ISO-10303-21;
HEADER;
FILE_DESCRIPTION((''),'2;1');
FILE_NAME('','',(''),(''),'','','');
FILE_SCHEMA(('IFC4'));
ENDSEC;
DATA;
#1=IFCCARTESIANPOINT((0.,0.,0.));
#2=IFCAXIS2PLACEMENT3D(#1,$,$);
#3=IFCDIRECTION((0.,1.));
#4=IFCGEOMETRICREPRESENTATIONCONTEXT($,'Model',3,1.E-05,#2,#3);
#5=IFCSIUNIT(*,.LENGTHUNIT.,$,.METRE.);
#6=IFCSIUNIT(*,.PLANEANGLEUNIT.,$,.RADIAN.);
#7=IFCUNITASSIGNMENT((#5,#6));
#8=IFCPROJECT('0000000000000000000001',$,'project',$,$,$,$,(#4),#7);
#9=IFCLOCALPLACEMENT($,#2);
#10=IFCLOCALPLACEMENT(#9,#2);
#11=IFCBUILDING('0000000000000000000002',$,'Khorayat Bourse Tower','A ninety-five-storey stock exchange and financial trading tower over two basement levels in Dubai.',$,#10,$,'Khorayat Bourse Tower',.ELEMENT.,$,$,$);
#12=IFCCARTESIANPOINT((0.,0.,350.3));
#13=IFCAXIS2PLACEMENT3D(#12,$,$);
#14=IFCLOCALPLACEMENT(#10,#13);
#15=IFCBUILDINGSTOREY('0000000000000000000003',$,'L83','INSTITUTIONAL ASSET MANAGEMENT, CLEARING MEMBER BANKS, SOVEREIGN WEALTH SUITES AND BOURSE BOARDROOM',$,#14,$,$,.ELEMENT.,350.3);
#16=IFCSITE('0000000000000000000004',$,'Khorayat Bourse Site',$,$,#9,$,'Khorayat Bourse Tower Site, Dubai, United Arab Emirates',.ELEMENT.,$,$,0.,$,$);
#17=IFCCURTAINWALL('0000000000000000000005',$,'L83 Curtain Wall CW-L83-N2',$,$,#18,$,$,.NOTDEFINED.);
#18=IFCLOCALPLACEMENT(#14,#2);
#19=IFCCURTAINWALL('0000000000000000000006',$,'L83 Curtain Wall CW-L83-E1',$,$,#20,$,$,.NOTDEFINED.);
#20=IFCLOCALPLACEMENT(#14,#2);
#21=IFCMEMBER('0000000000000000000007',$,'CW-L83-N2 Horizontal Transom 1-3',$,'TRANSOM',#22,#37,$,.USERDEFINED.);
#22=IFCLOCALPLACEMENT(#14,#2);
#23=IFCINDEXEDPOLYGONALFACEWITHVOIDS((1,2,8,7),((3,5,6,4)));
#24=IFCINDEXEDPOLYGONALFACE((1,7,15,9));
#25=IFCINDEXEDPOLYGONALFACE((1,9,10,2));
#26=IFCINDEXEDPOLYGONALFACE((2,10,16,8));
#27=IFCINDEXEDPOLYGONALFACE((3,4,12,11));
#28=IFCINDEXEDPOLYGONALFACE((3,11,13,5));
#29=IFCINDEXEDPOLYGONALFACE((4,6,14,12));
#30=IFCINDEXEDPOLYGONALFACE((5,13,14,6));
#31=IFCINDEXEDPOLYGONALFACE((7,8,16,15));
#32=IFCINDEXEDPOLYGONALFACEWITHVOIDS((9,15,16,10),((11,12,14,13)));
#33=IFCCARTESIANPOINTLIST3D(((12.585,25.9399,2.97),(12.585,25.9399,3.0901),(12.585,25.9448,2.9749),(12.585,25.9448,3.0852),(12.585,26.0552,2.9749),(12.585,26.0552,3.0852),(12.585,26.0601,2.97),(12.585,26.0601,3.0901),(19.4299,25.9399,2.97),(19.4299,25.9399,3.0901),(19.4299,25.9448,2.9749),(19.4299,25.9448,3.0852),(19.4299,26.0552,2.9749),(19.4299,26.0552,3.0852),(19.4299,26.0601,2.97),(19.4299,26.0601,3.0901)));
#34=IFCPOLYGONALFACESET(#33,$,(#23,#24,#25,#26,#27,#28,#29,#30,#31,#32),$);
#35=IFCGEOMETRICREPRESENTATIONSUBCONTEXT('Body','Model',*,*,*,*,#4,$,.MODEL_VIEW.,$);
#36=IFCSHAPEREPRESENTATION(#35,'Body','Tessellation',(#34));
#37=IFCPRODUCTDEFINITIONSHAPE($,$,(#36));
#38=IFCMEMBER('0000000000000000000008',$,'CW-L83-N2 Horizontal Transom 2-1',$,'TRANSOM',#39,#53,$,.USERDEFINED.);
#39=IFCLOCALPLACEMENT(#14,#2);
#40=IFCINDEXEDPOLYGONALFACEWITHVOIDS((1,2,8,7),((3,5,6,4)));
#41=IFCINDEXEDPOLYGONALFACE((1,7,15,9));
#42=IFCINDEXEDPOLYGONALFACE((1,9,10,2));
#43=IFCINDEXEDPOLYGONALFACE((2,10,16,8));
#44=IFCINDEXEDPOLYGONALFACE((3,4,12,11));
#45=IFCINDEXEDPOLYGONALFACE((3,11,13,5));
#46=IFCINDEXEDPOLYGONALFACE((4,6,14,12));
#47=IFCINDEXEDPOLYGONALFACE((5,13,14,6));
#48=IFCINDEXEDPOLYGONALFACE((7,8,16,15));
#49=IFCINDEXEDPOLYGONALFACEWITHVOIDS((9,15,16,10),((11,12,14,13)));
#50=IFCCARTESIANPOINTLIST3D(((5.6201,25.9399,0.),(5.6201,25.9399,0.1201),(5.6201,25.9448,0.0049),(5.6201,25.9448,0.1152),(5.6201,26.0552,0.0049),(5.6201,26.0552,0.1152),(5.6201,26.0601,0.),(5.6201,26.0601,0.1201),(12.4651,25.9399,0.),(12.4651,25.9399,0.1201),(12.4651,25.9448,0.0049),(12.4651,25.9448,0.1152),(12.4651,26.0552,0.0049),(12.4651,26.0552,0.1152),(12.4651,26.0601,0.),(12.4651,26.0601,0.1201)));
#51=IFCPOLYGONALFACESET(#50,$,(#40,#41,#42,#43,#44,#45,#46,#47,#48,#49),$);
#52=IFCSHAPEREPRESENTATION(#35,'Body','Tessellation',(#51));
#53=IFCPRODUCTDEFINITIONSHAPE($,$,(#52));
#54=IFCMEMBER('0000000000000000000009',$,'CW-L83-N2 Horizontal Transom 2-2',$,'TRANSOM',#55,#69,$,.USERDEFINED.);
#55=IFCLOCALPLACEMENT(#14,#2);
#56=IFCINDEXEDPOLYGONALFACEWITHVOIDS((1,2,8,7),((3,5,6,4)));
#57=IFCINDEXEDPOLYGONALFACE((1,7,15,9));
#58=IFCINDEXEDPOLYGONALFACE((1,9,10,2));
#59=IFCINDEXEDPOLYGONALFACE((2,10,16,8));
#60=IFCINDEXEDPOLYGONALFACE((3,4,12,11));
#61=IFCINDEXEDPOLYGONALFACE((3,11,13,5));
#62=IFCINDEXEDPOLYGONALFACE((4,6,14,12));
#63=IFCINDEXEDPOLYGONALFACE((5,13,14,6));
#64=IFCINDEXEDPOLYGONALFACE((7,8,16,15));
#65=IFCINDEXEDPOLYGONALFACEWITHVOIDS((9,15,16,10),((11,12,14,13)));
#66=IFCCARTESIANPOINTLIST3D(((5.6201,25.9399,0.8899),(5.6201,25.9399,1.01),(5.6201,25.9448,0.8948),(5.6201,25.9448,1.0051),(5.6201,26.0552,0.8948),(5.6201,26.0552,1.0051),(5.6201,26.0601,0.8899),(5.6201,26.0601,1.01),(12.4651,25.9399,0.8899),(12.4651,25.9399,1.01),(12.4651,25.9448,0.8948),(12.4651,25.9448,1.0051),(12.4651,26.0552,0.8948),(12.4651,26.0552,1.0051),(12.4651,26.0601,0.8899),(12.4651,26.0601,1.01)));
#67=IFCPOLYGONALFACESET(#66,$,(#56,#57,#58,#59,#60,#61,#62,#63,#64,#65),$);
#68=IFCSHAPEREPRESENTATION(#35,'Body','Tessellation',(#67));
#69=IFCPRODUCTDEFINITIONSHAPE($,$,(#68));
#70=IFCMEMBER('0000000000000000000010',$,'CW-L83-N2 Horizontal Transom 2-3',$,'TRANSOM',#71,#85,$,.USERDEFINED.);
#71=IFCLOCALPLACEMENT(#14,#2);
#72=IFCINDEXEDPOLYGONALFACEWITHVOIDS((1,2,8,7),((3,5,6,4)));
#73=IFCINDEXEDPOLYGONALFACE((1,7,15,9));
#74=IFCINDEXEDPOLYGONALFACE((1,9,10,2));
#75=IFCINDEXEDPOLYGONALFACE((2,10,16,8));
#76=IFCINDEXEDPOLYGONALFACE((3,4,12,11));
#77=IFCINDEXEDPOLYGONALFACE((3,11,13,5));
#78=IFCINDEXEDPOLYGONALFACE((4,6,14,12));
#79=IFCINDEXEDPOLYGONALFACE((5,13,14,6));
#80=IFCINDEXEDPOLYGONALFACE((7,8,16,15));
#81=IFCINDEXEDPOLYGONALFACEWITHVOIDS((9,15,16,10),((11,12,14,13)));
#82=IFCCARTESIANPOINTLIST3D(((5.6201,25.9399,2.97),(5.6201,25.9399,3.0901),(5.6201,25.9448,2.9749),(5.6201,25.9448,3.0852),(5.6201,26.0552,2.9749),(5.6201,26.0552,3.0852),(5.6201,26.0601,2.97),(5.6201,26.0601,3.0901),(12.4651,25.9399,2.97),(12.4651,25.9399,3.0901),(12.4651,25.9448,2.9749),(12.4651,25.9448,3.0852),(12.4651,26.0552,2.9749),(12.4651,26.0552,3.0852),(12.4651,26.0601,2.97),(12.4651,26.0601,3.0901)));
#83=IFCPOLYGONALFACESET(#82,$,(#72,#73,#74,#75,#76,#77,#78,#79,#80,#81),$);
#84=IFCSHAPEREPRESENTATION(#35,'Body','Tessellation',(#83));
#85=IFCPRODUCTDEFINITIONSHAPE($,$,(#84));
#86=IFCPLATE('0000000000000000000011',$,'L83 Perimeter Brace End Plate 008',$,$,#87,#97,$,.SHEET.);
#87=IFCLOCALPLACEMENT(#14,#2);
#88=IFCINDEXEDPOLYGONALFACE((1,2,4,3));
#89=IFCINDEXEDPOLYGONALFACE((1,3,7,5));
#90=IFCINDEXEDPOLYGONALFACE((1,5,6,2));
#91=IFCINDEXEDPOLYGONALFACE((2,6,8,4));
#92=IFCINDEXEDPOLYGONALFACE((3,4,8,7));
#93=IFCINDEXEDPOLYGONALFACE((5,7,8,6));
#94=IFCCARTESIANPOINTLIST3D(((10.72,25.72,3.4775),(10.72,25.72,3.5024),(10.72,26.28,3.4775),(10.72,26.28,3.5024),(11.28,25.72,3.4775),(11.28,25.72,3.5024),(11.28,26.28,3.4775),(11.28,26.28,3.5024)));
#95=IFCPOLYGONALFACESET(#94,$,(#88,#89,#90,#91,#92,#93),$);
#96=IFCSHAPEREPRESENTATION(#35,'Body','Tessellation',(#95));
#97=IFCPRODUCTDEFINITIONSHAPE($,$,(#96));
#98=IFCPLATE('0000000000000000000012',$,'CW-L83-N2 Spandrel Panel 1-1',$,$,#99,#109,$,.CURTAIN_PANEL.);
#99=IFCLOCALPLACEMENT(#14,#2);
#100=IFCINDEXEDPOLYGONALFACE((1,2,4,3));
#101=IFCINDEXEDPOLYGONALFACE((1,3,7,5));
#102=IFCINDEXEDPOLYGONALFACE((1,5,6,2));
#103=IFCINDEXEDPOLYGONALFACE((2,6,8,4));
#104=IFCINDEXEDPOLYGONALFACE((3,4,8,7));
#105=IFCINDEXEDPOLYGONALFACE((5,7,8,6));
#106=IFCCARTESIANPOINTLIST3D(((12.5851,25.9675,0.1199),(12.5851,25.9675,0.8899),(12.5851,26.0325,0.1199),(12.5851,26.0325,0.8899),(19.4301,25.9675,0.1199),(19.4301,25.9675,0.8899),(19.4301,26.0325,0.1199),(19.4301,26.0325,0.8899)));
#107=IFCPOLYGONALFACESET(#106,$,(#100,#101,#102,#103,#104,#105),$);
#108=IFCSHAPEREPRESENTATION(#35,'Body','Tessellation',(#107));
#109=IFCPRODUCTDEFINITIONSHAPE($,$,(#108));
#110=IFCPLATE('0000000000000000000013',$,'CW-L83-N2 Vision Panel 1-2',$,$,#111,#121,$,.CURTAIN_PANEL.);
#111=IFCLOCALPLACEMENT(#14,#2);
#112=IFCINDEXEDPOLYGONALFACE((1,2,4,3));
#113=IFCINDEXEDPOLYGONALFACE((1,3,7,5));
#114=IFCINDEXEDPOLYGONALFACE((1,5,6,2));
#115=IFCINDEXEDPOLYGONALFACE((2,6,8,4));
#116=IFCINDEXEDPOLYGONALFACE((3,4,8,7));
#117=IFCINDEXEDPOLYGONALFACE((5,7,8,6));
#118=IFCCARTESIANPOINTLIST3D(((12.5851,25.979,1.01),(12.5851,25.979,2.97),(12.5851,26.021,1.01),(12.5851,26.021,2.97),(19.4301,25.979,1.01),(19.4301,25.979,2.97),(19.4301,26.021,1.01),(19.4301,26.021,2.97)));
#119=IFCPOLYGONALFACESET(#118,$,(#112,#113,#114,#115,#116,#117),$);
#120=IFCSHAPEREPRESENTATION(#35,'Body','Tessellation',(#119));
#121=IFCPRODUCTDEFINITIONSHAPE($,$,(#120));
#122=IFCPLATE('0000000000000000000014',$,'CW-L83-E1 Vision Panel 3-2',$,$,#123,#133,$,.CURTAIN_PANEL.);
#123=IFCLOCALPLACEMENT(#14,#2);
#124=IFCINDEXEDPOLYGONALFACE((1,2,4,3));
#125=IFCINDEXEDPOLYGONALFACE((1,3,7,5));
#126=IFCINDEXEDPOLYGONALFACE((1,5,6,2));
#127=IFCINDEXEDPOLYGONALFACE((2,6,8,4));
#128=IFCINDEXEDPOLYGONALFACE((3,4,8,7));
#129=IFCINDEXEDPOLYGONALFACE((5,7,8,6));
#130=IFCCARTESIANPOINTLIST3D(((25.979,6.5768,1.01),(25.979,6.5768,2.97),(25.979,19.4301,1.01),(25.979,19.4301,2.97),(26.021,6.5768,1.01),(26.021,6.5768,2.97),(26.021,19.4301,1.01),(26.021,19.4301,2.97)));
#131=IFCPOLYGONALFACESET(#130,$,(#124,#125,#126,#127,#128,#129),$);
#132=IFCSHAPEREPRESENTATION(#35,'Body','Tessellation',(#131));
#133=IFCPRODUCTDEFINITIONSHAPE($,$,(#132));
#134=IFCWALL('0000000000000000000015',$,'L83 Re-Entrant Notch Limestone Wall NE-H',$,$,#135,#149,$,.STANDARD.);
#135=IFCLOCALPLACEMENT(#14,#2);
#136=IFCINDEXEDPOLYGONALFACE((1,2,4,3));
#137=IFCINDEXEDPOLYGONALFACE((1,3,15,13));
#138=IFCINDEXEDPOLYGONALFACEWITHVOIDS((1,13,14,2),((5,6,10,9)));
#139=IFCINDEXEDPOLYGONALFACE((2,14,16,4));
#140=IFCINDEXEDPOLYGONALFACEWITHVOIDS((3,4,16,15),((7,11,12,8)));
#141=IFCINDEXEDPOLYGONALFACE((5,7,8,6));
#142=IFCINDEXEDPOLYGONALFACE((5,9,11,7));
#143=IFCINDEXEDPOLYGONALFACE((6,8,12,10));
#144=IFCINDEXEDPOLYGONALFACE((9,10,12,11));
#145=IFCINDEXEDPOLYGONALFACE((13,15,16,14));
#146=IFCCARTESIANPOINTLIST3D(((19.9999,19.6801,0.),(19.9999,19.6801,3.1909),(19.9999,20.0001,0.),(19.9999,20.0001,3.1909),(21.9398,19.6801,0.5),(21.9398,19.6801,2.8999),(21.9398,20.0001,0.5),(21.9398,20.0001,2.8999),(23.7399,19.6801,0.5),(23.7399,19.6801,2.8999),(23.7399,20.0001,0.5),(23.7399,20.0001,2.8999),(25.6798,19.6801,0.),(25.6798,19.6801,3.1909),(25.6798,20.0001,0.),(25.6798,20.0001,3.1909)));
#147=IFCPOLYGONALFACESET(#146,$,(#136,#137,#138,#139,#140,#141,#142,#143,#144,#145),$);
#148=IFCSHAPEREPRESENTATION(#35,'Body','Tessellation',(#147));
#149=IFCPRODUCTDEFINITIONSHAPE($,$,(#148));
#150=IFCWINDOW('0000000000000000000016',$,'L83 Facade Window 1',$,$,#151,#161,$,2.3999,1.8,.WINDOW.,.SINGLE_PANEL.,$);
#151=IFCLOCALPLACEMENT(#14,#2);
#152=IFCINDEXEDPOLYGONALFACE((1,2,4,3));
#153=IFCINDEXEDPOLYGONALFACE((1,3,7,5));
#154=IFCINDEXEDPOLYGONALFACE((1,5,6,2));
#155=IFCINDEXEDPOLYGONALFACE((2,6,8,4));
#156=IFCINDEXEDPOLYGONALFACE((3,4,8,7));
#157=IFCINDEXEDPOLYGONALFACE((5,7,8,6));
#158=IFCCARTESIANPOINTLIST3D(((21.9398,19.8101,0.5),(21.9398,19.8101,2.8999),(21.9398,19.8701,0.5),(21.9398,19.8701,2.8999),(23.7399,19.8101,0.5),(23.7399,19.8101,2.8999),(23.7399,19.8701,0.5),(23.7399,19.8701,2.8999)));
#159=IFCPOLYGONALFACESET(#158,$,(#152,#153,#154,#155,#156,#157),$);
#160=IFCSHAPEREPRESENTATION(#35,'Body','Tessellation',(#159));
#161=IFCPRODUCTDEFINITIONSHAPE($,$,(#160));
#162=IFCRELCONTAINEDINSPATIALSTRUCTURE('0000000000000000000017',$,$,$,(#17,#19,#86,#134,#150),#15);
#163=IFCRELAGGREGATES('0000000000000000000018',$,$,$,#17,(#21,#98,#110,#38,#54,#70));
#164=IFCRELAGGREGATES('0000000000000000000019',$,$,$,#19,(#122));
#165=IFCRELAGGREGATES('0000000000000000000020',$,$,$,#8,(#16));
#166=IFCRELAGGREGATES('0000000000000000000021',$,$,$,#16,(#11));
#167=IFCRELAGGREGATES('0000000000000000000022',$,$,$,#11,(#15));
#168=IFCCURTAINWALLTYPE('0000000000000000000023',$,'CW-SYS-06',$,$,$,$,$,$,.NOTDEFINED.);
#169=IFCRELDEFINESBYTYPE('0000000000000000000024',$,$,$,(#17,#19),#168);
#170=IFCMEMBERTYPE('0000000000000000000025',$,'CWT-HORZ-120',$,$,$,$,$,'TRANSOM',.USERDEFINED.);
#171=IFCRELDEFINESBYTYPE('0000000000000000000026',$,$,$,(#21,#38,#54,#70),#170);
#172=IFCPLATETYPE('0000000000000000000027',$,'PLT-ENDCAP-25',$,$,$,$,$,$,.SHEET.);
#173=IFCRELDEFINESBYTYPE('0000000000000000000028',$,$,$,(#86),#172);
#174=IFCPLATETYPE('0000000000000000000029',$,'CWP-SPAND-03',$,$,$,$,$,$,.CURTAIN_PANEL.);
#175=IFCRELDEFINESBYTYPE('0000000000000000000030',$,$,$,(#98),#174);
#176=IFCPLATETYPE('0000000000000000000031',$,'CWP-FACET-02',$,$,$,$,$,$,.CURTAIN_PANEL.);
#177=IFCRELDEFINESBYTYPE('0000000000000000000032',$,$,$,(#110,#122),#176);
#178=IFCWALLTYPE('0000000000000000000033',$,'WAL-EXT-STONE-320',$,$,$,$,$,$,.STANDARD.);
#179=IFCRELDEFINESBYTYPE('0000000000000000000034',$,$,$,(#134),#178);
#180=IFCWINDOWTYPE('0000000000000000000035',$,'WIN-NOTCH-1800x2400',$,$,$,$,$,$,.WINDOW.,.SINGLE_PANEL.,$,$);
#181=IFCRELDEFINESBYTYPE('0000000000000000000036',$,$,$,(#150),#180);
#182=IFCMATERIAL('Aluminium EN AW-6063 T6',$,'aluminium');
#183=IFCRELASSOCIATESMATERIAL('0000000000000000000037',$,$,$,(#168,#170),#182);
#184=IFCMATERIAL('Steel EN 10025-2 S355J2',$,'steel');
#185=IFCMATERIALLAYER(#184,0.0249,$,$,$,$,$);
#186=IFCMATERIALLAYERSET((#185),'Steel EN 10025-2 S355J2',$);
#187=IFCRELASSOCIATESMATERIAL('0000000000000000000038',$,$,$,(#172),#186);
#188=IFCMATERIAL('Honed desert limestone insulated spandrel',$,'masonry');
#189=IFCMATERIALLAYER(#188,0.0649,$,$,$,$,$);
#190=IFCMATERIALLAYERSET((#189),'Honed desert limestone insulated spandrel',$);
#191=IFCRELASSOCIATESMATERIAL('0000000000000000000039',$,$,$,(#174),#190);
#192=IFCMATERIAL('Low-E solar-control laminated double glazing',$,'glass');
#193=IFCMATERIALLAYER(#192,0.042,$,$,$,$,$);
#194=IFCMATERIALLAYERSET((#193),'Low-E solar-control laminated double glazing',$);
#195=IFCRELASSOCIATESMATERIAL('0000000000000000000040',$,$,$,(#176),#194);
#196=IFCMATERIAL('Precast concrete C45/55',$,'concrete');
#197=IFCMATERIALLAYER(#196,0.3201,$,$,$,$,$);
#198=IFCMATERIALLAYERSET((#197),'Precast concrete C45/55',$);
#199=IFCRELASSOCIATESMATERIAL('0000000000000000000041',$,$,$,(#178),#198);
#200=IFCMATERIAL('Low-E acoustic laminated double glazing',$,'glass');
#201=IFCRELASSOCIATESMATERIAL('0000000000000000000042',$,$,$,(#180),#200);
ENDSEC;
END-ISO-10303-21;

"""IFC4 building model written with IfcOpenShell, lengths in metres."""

from ifc_helpers import new_model, si_unit, direction, frame, frame_2d, origin, origin_2d, place, context, subcontext, project, spatial, rectangle, hollow_rectangle, extrude, source, transform, mapped, material, layer, layer_set, material_profile, profile_set, type_object, element, fill, aggregate, save


model = new_model("IFC4")

# Units and contexts
model_context = context("Model", 3, precision=1e-05, world=origin(), true_north=direction((0.0, 1.0)))
body_context = subcontext(model_context, "Body", "Model", "MODEL_VIEW")
ifc_project = project(units=[si_unit("LENGTHUNIT", "METRE"), si_unit("PLANEANGLEUNIT", "RADIAN")], contexts=[model_context])

# Site, building, storey
site_placement = place(None, origin())
site = spatial("IfcSite", under=ifc_project, at=site_placement, Name="Khorayat Bourse Site", LongName="Khorayat Bourse Tower Site, Dubai, United Arab Emirates", CompositionType="ELEMENT", RefElevation=0.0)
building_placement = place(site_placement, origin())
building = spatial("IfcBuilding", under=site, at=building_placement, Name="Khorayat Bourse Tower", Description="A ninety-five-storey stock exchange and financial trading tower over two basement levels in Dubai.", LongName="Khorayat Bourse Tower", CompositionType="ELEMENT")
storey_placement = place(building_placement, frame((0.0, 0.0, 350.3)))
storey = spatial("IfcBuildingStorey", under=building, at=storey_placement, Name="L83", Description="INSTITUTIONAL ASSET MANAGEMENT, CLEARING MEMBER BANKS, SOVEREIGN WEALTH SUITES AND BOURSE BOARDROOM", CompositionType="ELEMENT", Elevation=350.3)

# Shared definitions
ifc_material_1 = material(Name="Steel EN 10025-2 S355J2", Category="steel")

# Curtain wall
ifc_material_2 = material(Name="Aluminium EN AW-6063 T6", Category="aluminium")
curtain_wall_type = type_object("IfcCurtainWallType", Name="CW-SYS-06", PredefinedType="NOTDEFINED", material=ifc_material_2)
curtain_wall_1_placement = place(storey_placement, origin())
curtain_wall_1 = element("IfcCurtainWall", 1, at=curtain_wall_1_placement, inside=storey, type_object=curtain_wall_type, Name="L83 Curtain Wall CW-L83-N2", PredefinedType="NOTDEFINED")

# Curtain wall
curtain_wall_2_placement = place(storey_placement, origin())
curtain_wall_2 = element("IfcCurtainWall", 2, at=curtain_wall_2_placement, inside=storey, type_object=curtain_wall_type, Name="L83 Curtain Wall CW-L83-E1", PredefinedType="NOTDEFINED")

# Members
ifc_material_profile_1 = material_profile(ifc_material_2, hollow_rectangle(XDim=0.1201, YDim=0.1201, WallThickness=0.0049, at=origin_2d()), Name="ALU 120x120x5")
ifc_profile_set_1 = profile_set([ifc_material_profile_1], Name="Aluminium EN AW-6063 T6")
member_type_1 = type_object("IfcMemberType", Name="CWT-HORZ-120", ElementType="TRANSOM", PredefinedType="USERDEFINED", material=ifc_profile_set_1)
shared_shape_1 = source(origin(), body_context, "Body", "SweptSolid", [
    extrude(hollow_rectangle(XDim=0.1201, YDim=0.1201, WallThickness=0.0049, at=origin_2d()), origin(), (0.0, 0.0, 1.0), 6.845),
])
member_1_placement = place(storey_placement, frame((19.4299, 26.0, 3.03), z_axis=(-1.0, 0.0, 0.0), x_axis=(0.0, -1.0, 0.0)))
member_1 = element("IfcMember", 3, at=member_1_placement, type_object=member_type_1, Name="CW-L83-N2 Horizontal Transom 1-3", ObjectType="TRANSOM", PredefinedType="USERDEFINED", context=body_context, shape_type="MappedRepresentation", body=[
    mapped(shared_shape_1, transform((0.0, 0.0, 0.0), scale=1.0)),
])
member_2_placement = place(storey_placement, frame((12.4651, 26.0, 0.0601), z_axis=(-1.0, 0.0, 0.0), x_axis=(0.0, -1.0, 0.0)))
member_2 = element("IfcMember", 4, at=member_2_placement, type_object=member_type_1, Name="CW-L83-N2 Horizontal Transom 2-1", ObjectType="TRANSOM", PredefinedType="USERDEFINED", context=body_context, shape_type="MappedRepresentation", body=[
    mapped(shared_shape_1, transform((0.0, 0.0, 0.0), scale=1.0)),
])
member_3_placement = place(storey_placement, frame((12.4651, 26.0, 0.95), z_axis=(-1.0, 0.0, 0.0), x_axis=(0.0, -1.0, 0.0)))
member_3 = element("IfcMember", 5, at=member_3_placement, type_object=member_type_1, Name="CW-L83-N2 Horizontal Transom 2-2", ObjectType="TRANSOM", PredefinedType="USERDEFINED", context=body_context, shape_type="MappedRepresentation", body=[
    mapped(shared_shape_1, transform((0.0, 0.0, 0.0), scale=1.0)),
])
member_4_placement = place(storey_placement, frame((12.4651, 26.0, 3.03), z_axis=(-1.0, 0.0, 0.0), x_axis=(0.0, -1.0, 0.0)))
member_4 = element("IfcMember", 6, at=member_4_placement, type_object=member_type_1, Name="CW-L83-N2 Horizontal Transom 2-3", ObjectType="TRANSOM", PredefinedType="USERDEFINED", context=body_context, shape_type="MappedRepresentation", body=[
    mapped(shared_shape_1, transform((0.0, 0.0, 0.0), scale=1.0)),
])

# Plates
ifc_layer_1 = layer(ifc_material_1, 0.0249)
ifc_layer_set_1 = layer_set([ifc_layer_1], Name="Steel EN 10025-2 S355J2")
plate_type_1 = type_object("IfcPlateType", Name="PLT-ENDCAP-25", PredefinedType="SHEET", material=ifc_layer_set_1)
shared_shape_2 = source(origin(), body_context, "Body", "SweptSolid", [
    extrude(rectangle(XDim=0.5601, YDim=0.5601, at=origin_2d()), origin(), (0.0, 0.0, 1.0), 0.0249),
])
plate_1_placement = place(storey_placement, frame((11.0, 26.0, 3.4775), z_axis=(0.0, 0.0, 1.0), x_axis=(1.0, 0.0, 0.0)))
element("IfcPlate", 7, at=plate_1_placement, inside=storey, type_object=plate_type_1, Name="L83 Perimeter Brace End Plate 008", PredefinedType="SHEET", context=body_context, shape_type="MappedRepresentation", body=[
    mapped(shared_shape_2, transform((0.0, 0.0, 0.0), scale=1.0)),
])
ifc_material_3 = material(Name="Honed desert limestone insulated spandrel", Category="masonry")
ifc_layer_2 = layer(ifc_material_3, 0.0649)
ifc_layer_set_2 = layer_set([ifc_layer_2], Name="Honed desert limestone insulated spandrel")
plate_type_2 = type_object("IfcPlateType", Name="CWP-SPAND-03", PredefinedType="CURTAIN_PANEL", material=ifc_layer_set_2)
shared_shape_3 = source(origin(), body_context, "Body", "SweptSolid", [
    extrude(rectangle(XDim=6.845, YDim=0.0649, at=origin_2d()), origin(), (0.0, 0.0, 1.0), 0.77),
])
plate_2_placement = place(storey_placement, frame((16.0076, 26.0, 0.1199), z_axis=(0.0, 0.0, 1.0), x_axis=(-1.0, 0.0, 0.0)))
plate_2 = element("IfcPlate", 8, at=plate_2_placement, type_object=plate_type_2, Name="CW-L83-N2 Spandrel Panel 1-1", PredefinedType="CURTAIN_PANEL", context=body_context, shape_type="MappedRepresentation", body=[
    mapped(shared_shape_3, transform((0.0, 0.0, 0.0), scale=1.0)),
])
ifc_material_4 = material(Name="Low-E solar-control laminated double glazing", Category="glass")
ifc_layer_3 = layer(ifc_material_4, 0.042)
ifc_layer_set_3 = layer_set([ifc_layer_3], Name="Low-E solar-control laminated double glazing")
plate_type_3 = type_object("IfcPlateType", Name="CWP-FACET-02", PredefinedType="CURTAIN_PANEL", material=ifc_layer_set_3)
shared_shape_4 = source(origin(), body_context, "Body", "SweptSolid", [
    extrude(rectangle(XDim=6.845, YDim=0.042, at=origin_2d()), origin(), (0.0, 0.0, 1.0), 1.96),
])
plate_3_placement = place(storey_placement, frame((16.0076, 26.0, 1.01), z_axis=(0.0, 0.0, 1.0), x_axis=(-1.0, 0.0, 0.0)))
plate_3 = element("IfcPlate", 9, at=plate_3_placement, type_object=plate_type_3, Name="CW-L83-N2 Vision Panel 1-2", PredefinedType="CURTAIN_PANEL", context=body_context, shape_type="MappedRepresentation", body=[
    mapped(shared_shape_4, transform((0.0, 0.0, 0.0), scale=1.0)),
])
aggregate(curtain_wall_1, [member_1, plate_2, plate_3, member_2, member_3, member_4])
shared_shape_5 = source(origin(), body_context, "Body", "SweptSolid", [
    extrude(rectangle(XDim=12.8533, YDim=0.042, at=origin_2d()), origin(), (0.0, 0.0, 1.0), 1.96),
])
plate_4_placement = place(storey_placement, frame((26.0, 13.0034, 1.01), z_axis=(0.0, 0.0, 1.0), x_axis=(0.0, 1.0, 0.0)))
plate_4 = element("IfcPlate", 10, at=plate_4_placement, type_object=plate_type_3, Name="CW-L83-E1 Vision Panel 3-2", PredefinedType="CURTAIN_PANEL", context=body_context, shape_type="MappedRepresentation", body=[
    mapped(shared_shape_5, transform((0.0, 0.0, 0.0), scale=1.0)),
])
aggregate(curtain_wall_2, [plate_4])

# Wall, opening, window
ifc_material_5 = material(Name="Precast concrete C45/55", Category="concrete")
ifc_layer_4 = layer(ifc_material_5, 0.3201)
ifc_layer_set_4 = layer_set([ifc_layer_4], Name="Precast concrete C45/55")
wall_type = type_object("IfcWallType", Name="WAL-EXT-STONE-320", PredefinedType="STANDARD", material=ifc_layer_set_4)
shared_shape_6 = source(origin(), body_context, "Body", "SweptSolid", [
    extrude(rectangle(XDim=5.6799, YDim=0.3201, at=frame_2d((2.8398, 0.0))), origin(), (0.0, 0.0, 1.0), 3.1909),
])
wall_1_placement = place(storey_placement, frame((20.0, 19.8401, 0.0), z_axis=(0.0, 0.0, 1.0), x_axis=(1.0, 0.0, 0.0)))
wall_1 = element("IfcWall", 11, at=wall_1_placement, inside=storey, type_object=wall_type, Name="L83 Re-Entrant Notch Limestone Wall NE-H", PredefinedType="STANDARD", context=body_context, shape_type="MappedRepresentation", body=[
    mapped(shared_shape_6, transform((0.0, 0.0, 0.0), scale=1.0)),
])
shared_shape_7 = source(origin(), body_context, "Body", "SweptSolid", [
    extrude(rectangle(XDim=1.8, YDim=2.3999, at=frame_2d((0.8999, 1.2))), frame((0.0, 0.1699, 0.0), z_axis=(0.0, -1.0, 0.0), x_axis=(1.0, 0.0, 0.0)), (0.0, 0.0, 1.0), 0.3401),
])
opening_1_placement = place(wall_1_placement, frame((1.9399, 0.0, 0.5)))
opening_1 = element("IfcOpeningElement", 12, at=opening_1_placement, cuts=wall_1, PredefinedType="OPENING", context=body_context, shape_type="MappedRepresentation", body=[
    mapped(shared_shape_7, transform((0.0, 0.0, 0.0), scale=1.0)),
])
ifc_material_6 = material(Name="Low-E acoustic laminated double glazing", Category="glass")
window_type = type_object("IfcWindowType", Name="WIN-NOTCH-1800x2400", PartitioningType="SINGLE_PANEL", PredefinedType="WINDOW", material=ifc_material_6)
shared_shape_8 = source(origin(), body_context, "Body", "SweptSolid", [
    extrude(rectangle(XDim=1.8, YDim=2.3999, at=frame_2d((0.8999, 1.2))), frame((0.0, 0.03, 0.0), z_axis=(0.0, -1.0, 0.0), x_axis=(1.0, 0.0, 0.0)), (0.0, 0.0, 1.0), 0.0601),
])
window_1_placement = place(opening_1_placement, origin())
window_1 = element("IfcWindow", 13, at=window_1_placement, inside=storey, type_object=window_type, Name="L83 Facade Window 1", OverallHeight=2.3999, OverallWidth=1.8, PartitioningType="SINGLE_PANEL", PredefinedType="WINDOW", context=body_context, shape_type="MappedRepresentation", body=[
    mapped(shared_shape_8, transform((0.0, 0.0, 0.0), scale=1.0)),
])
fill(opening_1, window_1)

save(model, "model.ifc")
